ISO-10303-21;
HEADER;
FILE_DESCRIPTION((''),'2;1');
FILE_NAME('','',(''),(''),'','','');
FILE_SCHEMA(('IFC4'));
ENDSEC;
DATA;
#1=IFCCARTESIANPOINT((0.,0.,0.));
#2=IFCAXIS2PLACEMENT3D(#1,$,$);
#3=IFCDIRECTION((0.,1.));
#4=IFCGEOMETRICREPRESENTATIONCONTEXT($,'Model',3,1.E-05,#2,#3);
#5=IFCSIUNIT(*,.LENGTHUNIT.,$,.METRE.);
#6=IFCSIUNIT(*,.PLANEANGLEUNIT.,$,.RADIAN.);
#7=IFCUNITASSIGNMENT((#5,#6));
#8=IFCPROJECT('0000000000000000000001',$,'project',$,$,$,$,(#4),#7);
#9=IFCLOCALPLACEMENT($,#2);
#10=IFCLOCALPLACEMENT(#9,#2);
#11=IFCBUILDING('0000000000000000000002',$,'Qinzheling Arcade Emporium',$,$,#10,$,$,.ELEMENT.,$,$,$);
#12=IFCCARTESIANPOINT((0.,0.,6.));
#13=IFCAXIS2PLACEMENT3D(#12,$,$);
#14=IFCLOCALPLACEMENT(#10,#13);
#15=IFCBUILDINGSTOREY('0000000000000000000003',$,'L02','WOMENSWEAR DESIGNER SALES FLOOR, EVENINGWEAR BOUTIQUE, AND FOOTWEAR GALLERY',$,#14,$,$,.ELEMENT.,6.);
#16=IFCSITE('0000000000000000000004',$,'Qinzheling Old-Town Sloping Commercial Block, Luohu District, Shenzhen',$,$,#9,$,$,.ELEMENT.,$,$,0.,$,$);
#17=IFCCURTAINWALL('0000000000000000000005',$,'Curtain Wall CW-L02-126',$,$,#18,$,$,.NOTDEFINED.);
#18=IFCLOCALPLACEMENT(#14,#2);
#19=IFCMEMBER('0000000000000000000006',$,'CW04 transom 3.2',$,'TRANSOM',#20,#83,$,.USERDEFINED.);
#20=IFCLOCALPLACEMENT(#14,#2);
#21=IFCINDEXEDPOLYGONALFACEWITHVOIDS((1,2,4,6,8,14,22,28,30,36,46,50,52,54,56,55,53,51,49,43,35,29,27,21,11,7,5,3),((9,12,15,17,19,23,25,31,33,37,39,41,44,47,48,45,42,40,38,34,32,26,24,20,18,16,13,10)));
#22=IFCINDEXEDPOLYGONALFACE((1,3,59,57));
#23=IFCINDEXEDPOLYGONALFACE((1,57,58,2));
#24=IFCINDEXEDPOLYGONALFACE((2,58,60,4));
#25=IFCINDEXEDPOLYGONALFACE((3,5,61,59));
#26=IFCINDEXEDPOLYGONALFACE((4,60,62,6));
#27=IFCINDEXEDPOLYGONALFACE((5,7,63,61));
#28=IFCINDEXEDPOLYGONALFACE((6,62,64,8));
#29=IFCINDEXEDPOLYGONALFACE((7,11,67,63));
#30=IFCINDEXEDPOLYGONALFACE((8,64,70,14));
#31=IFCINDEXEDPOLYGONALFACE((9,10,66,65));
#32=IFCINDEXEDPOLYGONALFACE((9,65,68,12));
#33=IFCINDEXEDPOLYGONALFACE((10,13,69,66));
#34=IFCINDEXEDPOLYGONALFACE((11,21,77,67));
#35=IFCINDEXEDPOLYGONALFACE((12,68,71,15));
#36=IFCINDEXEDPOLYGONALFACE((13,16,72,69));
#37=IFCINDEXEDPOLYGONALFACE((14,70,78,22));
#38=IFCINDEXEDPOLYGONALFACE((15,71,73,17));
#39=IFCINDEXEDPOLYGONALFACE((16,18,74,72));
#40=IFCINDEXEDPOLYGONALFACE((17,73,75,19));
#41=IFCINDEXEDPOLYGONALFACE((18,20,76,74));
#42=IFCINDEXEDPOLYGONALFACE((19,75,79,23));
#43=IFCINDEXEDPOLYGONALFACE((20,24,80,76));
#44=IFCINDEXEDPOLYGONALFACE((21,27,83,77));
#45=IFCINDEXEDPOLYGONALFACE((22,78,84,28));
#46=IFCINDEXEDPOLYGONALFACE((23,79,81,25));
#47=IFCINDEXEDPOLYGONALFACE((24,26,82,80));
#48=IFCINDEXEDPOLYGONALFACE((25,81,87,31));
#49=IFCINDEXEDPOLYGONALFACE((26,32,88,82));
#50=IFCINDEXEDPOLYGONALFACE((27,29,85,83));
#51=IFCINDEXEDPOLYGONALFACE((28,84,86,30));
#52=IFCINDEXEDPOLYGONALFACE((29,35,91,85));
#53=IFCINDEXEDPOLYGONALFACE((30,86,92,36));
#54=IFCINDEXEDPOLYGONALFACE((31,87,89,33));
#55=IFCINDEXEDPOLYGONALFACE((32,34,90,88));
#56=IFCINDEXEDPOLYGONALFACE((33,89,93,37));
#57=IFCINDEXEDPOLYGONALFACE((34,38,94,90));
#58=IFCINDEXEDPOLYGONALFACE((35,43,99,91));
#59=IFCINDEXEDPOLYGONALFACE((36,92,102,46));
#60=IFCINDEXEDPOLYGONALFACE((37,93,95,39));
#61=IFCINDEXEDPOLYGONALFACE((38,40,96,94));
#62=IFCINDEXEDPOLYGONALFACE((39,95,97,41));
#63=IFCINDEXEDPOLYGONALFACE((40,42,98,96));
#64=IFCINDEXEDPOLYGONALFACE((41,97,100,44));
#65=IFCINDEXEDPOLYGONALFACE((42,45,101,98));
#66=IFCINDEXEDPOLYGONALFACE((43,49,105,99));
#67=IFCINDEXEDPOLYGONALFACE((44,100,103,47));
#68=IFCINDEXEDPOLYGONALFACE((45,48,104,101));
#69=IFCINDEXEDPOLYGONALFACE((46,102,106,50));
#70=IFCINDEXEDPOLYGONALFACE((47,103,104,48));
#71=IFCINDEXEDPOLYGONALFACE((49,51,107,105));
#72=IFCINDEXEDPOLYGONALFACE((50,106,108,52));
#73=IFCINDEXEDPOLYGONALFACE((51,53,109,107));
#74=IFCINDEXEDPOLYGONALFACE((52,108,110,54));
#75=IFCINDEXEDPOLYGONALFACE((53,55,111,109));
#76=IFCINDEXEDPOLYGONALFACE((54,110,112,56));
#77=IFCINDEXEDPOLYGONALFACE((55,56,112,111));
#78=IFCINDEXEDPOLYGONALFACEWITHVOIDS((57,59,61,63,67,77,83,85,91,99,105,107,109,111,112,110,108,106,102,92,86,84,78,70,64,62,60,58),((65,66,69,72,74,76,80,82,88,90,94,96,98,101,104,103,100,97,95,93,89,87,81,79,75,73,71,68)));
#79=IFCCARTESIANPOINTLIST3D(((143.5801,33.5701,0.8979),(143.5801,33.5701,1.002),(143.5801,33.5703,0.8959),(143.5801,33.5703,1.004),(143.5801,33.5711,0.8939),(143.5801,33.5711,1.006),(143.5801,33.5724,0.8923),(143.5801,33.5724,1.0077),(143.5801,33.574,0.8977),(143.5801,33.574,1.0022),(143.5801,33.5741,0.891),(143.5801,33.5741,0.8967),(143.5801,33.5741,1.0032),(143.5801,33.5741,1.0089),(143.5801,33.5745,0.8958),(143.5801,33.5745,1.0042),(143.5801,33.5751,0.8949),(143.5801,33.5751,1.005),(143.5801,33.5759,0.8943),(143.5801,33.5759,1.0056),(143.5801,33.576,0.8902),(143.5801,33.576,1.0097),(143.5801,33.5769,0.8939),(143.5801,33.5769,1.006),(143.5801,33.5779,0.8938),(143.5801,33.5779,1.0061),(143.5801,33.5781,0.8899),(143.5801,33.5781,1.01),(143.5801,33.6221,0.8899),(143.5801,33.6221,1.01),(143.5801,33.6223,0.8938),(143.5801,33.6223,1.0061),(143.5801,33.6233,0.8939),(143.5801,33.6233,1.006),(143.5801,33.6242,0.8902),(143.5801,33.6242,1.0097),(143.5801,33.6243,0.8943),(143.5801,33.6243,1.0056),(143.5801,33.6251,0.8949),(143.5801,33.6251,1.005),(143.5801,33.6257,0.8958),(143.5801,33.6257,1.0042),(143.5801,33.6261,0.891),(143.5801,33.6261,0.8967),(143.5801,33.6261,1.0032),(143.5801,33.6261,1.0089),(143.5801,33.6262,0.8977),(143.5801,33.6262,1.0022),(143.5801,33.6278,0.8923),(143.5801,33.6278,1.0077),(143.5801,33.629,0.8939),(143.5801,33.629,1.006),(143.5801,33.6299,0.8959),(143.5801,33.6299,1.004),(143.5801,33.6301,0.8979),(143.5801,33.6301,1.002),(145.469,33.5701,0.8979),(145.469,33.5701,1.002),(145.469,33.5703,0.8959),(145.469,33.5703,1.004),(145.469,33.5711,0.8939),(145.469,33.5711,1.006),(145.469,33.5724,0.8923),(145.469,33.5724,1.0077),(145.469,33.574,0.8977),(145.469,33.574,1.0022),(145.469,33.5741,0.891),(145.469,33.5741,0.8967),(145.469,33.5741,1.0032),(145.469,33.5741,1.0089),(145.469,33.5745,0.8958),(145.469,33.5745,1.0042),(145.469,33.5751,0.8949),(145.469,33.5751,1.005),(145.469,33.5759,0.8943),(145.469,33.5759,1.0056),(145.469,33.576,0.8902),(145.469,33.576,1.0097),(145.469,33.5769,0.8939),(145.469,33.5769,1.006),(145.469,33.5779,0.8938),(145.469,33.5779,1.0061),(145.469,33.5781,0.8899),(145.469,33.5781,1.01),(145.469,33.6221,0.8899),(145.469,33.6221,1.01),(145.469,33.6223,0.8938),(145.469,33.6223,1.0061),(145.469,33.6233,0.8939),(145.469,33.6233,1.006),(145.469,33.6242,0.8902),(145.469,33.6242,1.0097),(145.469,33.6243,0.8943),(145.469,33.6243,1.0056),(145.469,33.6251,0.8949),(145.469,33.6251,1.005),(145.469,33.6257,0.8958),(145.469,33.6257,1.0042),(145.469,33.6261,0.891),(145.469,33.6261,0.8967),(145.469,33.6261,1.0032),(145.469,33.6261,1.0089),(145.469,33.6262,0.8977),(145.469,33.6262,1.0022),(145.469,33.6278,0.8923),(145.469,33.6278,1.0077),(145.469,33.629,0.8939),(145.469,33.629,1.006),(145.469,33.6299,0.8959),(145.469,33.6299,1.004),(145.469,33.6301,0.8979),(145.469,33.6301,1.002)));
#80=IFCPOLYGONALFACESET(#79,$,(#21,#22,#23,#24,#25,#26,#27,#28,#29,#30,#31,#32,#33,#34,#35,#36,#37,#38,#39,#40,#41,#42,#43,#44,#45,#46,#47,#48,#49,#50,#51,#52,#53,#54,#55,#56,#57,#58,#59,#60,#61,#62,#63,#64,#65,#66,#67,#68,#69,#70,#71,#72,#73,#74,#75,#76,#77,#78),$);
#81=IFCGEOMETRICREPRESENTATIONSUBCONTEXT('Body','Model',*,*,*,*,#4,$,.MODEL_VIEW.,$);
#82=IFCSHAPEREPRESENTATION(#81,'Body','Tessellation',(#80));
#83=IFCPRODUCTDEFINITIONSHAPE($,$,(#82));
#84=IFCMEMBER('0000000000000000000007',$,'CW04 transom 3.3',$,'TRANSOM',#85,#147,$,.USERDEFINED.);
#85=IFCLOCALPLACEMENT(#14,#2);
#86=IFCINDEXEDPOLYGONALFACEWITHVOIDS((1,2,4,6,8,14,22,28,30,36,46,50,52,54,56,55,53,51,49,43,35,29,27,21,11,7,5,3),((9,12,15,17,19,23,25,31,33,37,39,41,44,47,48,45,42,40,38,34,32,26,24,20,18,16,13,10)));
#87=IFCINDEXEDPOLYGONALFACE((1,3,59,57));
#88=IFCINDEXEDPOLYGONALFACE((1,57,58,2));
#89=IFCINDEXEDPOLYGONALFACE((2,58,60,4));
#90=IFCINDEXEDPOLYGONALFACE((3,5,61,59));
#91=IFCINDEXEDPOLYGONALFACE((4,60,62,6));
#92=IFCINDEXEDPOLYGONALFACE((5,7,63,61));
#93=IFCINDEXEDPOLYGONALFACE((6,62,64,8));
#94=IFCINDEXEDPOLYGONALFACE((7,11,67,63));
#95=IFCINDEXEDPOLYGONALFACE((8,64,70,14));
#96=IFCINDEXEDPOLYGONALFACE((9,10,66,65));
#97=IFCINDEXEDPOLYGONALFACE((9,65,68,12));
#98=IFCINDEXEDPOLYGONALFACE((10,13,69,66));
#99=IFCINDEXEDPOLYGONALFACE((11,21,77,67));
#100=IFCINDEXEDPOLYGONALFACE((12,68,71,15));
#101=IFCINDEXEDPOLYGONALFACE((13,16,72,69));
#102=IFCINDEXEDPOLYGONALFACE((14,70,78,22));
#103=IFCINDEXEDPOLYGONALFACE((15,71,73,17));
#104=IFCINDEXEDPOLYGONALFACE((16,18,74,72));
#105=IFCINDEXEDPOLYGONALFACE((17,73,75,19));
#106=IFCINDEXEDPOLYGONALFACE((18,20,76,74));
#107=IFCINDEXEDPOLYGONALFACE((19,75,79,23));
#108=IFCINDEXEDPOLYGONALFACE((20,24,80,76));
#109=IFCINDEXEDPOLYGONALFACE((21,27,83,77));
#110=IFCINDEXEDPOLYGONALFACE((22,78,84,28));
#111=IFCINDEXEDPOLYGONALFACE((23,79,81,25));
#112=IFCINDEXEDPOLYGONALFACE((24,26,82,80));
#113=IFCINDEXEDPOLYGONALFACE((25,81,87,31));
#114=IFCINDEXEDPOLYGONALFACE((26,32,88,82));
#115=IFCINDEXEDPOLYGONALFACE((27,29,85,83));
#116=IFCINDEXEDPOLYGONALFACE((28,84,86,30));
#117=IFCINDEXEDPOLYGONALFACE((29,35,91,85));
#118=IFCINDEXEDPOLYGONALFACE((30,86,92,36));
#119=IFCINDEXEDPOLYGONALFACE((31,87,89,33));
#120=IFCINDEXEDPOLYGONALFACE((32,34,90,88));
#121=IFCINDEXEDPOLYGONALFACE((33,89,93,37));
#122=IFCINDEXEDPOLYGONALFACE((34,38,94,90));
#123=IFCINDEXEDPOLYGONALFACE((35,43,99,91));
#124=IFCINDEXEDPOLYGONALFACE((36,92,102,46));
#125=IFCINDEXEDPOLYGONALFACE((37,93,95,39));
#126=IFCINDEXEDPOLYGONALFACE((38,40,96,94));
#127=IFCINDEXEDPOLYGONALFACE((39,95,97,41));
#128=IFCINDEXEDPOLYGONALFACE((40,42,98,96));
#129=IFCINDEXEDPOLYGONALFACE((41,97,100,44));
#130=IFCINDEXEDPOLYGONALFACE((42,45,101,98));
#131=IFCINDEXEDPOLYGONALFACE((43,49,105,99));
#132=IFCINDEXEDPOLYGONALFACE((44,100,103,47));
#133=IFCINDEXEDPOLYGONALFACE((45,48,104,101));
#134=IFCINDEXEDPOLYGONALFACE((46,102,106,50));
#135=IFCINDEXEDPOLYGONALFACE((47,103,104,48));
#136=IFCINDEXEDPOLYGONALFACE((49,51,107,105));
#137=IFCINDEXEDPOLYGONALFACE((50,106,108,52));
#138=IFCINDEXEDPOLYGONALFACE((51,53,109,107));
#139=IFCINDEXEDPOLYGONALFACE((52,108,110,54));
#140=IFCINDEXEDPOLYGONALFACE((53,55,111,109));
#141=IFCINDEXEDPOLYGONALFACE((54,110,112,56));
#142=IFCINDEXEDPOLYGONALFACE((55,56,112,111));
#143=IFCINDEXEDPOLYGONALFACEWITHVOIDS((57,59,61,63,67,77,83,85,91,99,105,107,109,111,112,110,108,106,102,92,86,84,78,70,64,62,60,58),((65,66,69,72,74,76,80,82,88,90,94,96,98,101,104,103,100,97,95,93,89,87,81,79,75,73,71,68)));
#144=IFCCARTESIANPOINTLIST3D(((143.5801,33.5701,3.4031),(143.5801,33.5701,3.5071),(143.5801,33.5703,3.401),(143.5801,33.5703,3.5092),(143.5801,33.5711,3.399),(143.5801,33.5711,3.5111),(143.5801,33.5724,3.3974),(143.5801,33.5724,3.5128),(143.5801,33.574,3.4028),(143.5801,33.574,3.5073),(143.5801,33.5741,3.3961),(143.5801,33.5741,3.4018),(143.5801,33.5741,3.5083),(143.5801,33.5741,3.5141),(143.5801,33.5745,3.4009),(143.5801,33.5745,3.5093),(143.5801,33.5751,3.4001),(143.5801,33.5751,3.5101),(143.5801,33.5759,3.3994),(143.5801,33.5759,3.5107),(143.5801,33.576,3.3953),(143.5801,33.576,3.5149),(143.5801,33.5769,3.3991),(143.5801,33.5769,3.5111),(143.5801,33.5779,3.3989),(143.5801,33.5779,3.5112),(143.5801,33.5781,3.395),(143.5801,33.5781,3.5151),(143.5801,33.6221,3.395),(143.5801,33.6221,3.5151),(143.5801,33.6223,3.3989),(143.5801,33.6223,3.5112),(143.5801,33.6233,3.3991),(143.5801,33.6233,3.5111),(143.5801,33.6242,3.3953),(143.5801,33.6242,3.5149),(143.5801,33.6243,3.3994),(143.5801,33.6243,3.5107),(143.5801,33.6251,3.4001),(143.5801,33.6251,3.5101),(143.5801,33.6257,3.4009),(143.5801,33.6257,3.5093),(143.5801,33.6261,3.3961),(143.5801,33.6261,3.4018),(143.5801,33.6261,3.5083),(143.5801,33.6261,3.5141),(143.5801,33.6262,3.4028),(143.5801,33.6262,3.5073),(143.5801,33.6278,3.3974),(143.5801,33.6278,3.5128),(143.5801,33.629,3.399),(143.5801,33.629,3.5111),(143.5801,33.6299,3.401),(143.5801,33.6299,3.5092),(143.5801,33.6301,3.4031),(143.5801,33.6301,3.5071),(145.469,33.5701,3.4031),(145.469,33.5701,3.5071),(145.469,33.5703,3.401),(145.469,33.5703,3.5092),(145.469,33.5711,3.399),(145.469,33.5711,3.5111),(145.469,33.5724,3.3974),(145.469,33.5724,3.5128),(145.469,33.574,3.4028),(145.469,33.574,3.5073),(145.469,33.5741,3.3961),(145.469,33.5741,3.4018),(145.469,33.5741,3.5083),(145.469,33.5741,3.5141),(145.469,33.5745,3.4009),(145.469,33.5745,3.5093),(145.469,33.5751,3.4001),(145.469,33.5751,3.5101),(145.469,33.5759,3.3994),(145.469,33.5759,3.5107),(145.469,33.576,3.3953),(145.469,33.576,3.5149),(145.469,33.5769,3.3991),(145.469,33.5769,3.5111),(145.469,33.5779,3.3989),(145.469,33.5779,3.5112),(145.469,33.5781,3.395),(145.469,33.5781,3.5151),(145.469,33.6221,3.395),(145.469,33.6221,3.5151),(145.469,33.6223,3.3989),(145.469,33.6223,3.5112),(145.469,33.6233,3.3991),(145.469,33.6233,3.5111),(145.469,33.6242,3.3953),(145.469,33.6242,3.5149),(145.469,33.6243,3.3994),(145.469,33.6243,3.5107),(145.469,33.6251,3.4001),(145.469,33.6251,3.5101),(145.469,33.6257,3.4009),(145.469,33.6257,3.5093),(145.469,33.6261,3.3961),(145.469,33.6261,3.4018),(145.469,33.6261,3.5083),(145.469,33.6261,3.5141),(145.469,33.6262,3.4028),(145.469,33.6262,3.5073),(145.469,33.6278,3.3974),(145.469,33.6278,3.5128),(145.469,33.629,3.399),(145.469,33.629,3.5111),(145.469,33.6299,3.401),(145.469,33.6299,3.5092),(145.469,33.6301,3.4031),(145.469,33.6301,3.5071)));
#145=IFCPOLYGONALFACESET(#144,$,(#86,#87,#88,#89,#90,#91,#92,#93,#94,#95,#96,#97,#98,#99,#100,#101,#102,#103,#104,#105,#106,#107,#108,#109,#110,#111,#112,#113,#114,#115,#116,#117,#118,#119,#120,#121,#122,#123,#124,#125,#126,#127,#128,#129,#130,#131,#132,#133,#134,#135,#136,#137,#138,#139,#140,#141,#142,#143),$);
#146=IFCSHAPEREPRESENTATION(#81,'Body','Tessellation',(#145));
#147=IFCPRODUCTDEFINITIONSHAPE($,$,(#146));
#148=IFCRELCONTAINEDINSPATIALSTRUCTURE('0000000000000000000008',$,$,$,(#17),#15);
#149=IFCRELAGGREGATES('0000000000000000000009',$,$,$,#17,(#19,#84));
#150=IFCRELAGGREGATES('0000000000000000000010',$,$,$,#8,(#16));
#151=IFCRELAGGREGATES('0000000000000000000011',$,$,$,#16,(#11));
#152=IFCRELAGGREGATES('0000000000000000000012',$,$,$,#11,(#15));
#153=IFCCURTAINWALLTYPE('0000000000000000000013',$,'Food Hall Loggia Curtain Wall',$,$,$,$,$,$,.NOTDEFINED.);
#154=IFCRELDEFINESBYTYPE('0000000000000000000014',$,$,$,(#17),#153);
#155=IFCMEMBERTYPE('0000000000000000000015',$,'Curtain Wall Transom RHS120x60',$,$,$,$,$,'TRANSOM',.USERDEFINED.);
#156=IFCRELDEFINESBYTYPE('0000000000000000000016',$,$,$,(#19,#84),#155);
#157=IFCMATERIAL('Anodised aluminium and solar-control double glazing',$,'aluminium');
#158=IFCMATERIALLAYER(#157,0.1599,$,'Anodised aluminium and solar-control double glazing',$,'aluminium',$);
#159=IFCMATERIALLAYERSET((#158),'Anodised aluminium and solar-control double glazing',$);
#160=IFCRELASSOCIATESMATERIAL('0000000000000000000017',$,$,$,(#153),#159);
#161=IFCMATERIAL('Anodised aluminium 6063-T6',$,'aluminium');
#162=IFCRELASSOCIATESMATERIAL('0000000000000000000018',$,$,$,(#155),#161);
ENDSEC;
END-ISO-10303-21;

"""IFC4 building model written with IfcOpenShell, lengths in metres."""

from ifc_helpers import new_model, si_unit, direction, frame, origin, origin_2d, place, context, subcontext, project, spatial, hollow_rectangle, extrude, material, layer, layer_set, material_profile, profile_set, type_object, element, aggregate, save


model = new_model("IFC4")

# Units and contexts
model_context = context("Model", 3, precision=1e-05, world=origin(), true_north=direction((0.0, 1.0)))
body_context = subcontext(model_context, "Body", "Model", "MODEL_VIEW")
ifc_project = project(units=[si_unit("LENGTHUNIT", "METRE"), si_unit("PLANEANGLEUNIT", "RADIAN")], contexts=[model_context])

# Site, building, storey
site_placement = place(None, origin())
site = spatial("IfcSite", under=ifc_project, at=site_placement, Name="Qinzheling Old-Town Sloping Commercial Block, Luohu District, Shenzhen", CompositionType="ELEMENT", RefElevation=0.0)
building_placement = place(site_placement, origin())
building = spatial("IfcBuilding", under=site, at=building_placement, Name="Qinzheling Arcade Emporium", CompositionType="ELEMENT")
storey_placement = place(building_placement, frame((0.0, 0.0, 6.0)))
storey = spatial("IfcBuildingStorey", under=building, at=storey_placement, Name="L02", Description="WOMENSWEAR DESIGNER SALES FLOOR, EVENINGWEAR BOUTIQUE, AND FOOTWEAR GALLERY", CompositionType="ELEMENT", Elevation=6.0)

# Curtain wall, members
ifc_material_1 = material(Name="Anodised aluminium and solar-control double glazing", Category="aluminium")
ifc_layer_1 = layer(ifc_material_1, 0.1599, Name="Anodised aluminium and solar-control double glazing", Category="aluminium")
ifc_layer_set_1 = layer_set([ifc_layer_1], Name="Anodised aluminium and solar-control double glazing")
curtain_wall_type = type_object("IfcCurtainWallType", Name="Food Hall Loggia Curtain Wall", PredefinedType="NOTDEFINED", material=ifc_layer_set_1)
curtain_wall_placement = place(storey_placement, origin())
curtain_wall = element("IfcCurtainWall", 1, at=curtain_wall_placement, inside=storey, type_object=curtain_wall_type, Name="Curtain Wall CW-L02-126", PredefinedType="NOTDEFINED")
ifc_material_2 = material(Name="Anodised aluminium 6063-T6", Category="aluminium")
ifc_material_profile_1 = material_profile(ifc_material_2, hollow_rectangle(XDim=0.0601, YDim=0.1201, WallThickness=0.0039, InnerFilletRadius=0.0039, OuterFilletRadius=0.0081, at=origin_2d()), Name="RHS 120x60x4", Category="aluminium")
ifc_profile_set_1 = profile_set([ifc_material_profile_1], Name="Anodised aluminium 6063-T6")
member_type_1 = type_object("IfcMemberType", Name="Curtain Wall Transom RHS120x60", ElementType="TRANSOM", PredefinedType="USERDEFINED", material=ifc_profile_set_1)
member_1_placement = place(storey_placement, frame((143.5801, 33.6001, 0.95), z_axis=(1.0, 0.0, 0.0), x_axis=(0.0, 1.0, 0.0)))
member_1 = element("IfcMember", 2, at=member_1_placement, type_object=member_type_1, Name="CW04 transom 3.2", ObjectType="TRANSOM", PredefinedType="USERDEFINED", context=body_context, shape_type="SweptSolid", body=[
    extrude(hollow_rectangle(XDim=0.0601, YDim=0.1201, WallThickness=0.0039, InnerFilletRadius=0.0039, OuterFilletRadius=0.0081, at=origin_2d()), origin(), (0.0, 0.0, 1.0), 1.8889),
])
member_2_placement = place(storey_placement, frame((143.5801, 33.6001, 3.4551), z_axis=(1.0, 0.0, 0.0), x_axis=(0.0, 1.0, 0.0)))
member_2 = element("IfcMember", 3, at=member_2_placement, type_object=member_type_1, Name="CW04 transom 3.3", ObjectType="TRANSOM", PredefinedType="USERDEFINED", context=body_context, shape_type="SweptSolid", body=[
    extrude(hollow_rectangle(XDim=0.0601, YDim=0.1201, WallThickness=0.0039, InnerFilletRadius=0.0039, OuterFilletRadius=0.0081, at=origin_2d()), origin(), (0.0, 0.0, 1.0), 1.8889),
])
aggregate(curtain_wall, [member_1, member_2])

save(model, "model.ifc")
